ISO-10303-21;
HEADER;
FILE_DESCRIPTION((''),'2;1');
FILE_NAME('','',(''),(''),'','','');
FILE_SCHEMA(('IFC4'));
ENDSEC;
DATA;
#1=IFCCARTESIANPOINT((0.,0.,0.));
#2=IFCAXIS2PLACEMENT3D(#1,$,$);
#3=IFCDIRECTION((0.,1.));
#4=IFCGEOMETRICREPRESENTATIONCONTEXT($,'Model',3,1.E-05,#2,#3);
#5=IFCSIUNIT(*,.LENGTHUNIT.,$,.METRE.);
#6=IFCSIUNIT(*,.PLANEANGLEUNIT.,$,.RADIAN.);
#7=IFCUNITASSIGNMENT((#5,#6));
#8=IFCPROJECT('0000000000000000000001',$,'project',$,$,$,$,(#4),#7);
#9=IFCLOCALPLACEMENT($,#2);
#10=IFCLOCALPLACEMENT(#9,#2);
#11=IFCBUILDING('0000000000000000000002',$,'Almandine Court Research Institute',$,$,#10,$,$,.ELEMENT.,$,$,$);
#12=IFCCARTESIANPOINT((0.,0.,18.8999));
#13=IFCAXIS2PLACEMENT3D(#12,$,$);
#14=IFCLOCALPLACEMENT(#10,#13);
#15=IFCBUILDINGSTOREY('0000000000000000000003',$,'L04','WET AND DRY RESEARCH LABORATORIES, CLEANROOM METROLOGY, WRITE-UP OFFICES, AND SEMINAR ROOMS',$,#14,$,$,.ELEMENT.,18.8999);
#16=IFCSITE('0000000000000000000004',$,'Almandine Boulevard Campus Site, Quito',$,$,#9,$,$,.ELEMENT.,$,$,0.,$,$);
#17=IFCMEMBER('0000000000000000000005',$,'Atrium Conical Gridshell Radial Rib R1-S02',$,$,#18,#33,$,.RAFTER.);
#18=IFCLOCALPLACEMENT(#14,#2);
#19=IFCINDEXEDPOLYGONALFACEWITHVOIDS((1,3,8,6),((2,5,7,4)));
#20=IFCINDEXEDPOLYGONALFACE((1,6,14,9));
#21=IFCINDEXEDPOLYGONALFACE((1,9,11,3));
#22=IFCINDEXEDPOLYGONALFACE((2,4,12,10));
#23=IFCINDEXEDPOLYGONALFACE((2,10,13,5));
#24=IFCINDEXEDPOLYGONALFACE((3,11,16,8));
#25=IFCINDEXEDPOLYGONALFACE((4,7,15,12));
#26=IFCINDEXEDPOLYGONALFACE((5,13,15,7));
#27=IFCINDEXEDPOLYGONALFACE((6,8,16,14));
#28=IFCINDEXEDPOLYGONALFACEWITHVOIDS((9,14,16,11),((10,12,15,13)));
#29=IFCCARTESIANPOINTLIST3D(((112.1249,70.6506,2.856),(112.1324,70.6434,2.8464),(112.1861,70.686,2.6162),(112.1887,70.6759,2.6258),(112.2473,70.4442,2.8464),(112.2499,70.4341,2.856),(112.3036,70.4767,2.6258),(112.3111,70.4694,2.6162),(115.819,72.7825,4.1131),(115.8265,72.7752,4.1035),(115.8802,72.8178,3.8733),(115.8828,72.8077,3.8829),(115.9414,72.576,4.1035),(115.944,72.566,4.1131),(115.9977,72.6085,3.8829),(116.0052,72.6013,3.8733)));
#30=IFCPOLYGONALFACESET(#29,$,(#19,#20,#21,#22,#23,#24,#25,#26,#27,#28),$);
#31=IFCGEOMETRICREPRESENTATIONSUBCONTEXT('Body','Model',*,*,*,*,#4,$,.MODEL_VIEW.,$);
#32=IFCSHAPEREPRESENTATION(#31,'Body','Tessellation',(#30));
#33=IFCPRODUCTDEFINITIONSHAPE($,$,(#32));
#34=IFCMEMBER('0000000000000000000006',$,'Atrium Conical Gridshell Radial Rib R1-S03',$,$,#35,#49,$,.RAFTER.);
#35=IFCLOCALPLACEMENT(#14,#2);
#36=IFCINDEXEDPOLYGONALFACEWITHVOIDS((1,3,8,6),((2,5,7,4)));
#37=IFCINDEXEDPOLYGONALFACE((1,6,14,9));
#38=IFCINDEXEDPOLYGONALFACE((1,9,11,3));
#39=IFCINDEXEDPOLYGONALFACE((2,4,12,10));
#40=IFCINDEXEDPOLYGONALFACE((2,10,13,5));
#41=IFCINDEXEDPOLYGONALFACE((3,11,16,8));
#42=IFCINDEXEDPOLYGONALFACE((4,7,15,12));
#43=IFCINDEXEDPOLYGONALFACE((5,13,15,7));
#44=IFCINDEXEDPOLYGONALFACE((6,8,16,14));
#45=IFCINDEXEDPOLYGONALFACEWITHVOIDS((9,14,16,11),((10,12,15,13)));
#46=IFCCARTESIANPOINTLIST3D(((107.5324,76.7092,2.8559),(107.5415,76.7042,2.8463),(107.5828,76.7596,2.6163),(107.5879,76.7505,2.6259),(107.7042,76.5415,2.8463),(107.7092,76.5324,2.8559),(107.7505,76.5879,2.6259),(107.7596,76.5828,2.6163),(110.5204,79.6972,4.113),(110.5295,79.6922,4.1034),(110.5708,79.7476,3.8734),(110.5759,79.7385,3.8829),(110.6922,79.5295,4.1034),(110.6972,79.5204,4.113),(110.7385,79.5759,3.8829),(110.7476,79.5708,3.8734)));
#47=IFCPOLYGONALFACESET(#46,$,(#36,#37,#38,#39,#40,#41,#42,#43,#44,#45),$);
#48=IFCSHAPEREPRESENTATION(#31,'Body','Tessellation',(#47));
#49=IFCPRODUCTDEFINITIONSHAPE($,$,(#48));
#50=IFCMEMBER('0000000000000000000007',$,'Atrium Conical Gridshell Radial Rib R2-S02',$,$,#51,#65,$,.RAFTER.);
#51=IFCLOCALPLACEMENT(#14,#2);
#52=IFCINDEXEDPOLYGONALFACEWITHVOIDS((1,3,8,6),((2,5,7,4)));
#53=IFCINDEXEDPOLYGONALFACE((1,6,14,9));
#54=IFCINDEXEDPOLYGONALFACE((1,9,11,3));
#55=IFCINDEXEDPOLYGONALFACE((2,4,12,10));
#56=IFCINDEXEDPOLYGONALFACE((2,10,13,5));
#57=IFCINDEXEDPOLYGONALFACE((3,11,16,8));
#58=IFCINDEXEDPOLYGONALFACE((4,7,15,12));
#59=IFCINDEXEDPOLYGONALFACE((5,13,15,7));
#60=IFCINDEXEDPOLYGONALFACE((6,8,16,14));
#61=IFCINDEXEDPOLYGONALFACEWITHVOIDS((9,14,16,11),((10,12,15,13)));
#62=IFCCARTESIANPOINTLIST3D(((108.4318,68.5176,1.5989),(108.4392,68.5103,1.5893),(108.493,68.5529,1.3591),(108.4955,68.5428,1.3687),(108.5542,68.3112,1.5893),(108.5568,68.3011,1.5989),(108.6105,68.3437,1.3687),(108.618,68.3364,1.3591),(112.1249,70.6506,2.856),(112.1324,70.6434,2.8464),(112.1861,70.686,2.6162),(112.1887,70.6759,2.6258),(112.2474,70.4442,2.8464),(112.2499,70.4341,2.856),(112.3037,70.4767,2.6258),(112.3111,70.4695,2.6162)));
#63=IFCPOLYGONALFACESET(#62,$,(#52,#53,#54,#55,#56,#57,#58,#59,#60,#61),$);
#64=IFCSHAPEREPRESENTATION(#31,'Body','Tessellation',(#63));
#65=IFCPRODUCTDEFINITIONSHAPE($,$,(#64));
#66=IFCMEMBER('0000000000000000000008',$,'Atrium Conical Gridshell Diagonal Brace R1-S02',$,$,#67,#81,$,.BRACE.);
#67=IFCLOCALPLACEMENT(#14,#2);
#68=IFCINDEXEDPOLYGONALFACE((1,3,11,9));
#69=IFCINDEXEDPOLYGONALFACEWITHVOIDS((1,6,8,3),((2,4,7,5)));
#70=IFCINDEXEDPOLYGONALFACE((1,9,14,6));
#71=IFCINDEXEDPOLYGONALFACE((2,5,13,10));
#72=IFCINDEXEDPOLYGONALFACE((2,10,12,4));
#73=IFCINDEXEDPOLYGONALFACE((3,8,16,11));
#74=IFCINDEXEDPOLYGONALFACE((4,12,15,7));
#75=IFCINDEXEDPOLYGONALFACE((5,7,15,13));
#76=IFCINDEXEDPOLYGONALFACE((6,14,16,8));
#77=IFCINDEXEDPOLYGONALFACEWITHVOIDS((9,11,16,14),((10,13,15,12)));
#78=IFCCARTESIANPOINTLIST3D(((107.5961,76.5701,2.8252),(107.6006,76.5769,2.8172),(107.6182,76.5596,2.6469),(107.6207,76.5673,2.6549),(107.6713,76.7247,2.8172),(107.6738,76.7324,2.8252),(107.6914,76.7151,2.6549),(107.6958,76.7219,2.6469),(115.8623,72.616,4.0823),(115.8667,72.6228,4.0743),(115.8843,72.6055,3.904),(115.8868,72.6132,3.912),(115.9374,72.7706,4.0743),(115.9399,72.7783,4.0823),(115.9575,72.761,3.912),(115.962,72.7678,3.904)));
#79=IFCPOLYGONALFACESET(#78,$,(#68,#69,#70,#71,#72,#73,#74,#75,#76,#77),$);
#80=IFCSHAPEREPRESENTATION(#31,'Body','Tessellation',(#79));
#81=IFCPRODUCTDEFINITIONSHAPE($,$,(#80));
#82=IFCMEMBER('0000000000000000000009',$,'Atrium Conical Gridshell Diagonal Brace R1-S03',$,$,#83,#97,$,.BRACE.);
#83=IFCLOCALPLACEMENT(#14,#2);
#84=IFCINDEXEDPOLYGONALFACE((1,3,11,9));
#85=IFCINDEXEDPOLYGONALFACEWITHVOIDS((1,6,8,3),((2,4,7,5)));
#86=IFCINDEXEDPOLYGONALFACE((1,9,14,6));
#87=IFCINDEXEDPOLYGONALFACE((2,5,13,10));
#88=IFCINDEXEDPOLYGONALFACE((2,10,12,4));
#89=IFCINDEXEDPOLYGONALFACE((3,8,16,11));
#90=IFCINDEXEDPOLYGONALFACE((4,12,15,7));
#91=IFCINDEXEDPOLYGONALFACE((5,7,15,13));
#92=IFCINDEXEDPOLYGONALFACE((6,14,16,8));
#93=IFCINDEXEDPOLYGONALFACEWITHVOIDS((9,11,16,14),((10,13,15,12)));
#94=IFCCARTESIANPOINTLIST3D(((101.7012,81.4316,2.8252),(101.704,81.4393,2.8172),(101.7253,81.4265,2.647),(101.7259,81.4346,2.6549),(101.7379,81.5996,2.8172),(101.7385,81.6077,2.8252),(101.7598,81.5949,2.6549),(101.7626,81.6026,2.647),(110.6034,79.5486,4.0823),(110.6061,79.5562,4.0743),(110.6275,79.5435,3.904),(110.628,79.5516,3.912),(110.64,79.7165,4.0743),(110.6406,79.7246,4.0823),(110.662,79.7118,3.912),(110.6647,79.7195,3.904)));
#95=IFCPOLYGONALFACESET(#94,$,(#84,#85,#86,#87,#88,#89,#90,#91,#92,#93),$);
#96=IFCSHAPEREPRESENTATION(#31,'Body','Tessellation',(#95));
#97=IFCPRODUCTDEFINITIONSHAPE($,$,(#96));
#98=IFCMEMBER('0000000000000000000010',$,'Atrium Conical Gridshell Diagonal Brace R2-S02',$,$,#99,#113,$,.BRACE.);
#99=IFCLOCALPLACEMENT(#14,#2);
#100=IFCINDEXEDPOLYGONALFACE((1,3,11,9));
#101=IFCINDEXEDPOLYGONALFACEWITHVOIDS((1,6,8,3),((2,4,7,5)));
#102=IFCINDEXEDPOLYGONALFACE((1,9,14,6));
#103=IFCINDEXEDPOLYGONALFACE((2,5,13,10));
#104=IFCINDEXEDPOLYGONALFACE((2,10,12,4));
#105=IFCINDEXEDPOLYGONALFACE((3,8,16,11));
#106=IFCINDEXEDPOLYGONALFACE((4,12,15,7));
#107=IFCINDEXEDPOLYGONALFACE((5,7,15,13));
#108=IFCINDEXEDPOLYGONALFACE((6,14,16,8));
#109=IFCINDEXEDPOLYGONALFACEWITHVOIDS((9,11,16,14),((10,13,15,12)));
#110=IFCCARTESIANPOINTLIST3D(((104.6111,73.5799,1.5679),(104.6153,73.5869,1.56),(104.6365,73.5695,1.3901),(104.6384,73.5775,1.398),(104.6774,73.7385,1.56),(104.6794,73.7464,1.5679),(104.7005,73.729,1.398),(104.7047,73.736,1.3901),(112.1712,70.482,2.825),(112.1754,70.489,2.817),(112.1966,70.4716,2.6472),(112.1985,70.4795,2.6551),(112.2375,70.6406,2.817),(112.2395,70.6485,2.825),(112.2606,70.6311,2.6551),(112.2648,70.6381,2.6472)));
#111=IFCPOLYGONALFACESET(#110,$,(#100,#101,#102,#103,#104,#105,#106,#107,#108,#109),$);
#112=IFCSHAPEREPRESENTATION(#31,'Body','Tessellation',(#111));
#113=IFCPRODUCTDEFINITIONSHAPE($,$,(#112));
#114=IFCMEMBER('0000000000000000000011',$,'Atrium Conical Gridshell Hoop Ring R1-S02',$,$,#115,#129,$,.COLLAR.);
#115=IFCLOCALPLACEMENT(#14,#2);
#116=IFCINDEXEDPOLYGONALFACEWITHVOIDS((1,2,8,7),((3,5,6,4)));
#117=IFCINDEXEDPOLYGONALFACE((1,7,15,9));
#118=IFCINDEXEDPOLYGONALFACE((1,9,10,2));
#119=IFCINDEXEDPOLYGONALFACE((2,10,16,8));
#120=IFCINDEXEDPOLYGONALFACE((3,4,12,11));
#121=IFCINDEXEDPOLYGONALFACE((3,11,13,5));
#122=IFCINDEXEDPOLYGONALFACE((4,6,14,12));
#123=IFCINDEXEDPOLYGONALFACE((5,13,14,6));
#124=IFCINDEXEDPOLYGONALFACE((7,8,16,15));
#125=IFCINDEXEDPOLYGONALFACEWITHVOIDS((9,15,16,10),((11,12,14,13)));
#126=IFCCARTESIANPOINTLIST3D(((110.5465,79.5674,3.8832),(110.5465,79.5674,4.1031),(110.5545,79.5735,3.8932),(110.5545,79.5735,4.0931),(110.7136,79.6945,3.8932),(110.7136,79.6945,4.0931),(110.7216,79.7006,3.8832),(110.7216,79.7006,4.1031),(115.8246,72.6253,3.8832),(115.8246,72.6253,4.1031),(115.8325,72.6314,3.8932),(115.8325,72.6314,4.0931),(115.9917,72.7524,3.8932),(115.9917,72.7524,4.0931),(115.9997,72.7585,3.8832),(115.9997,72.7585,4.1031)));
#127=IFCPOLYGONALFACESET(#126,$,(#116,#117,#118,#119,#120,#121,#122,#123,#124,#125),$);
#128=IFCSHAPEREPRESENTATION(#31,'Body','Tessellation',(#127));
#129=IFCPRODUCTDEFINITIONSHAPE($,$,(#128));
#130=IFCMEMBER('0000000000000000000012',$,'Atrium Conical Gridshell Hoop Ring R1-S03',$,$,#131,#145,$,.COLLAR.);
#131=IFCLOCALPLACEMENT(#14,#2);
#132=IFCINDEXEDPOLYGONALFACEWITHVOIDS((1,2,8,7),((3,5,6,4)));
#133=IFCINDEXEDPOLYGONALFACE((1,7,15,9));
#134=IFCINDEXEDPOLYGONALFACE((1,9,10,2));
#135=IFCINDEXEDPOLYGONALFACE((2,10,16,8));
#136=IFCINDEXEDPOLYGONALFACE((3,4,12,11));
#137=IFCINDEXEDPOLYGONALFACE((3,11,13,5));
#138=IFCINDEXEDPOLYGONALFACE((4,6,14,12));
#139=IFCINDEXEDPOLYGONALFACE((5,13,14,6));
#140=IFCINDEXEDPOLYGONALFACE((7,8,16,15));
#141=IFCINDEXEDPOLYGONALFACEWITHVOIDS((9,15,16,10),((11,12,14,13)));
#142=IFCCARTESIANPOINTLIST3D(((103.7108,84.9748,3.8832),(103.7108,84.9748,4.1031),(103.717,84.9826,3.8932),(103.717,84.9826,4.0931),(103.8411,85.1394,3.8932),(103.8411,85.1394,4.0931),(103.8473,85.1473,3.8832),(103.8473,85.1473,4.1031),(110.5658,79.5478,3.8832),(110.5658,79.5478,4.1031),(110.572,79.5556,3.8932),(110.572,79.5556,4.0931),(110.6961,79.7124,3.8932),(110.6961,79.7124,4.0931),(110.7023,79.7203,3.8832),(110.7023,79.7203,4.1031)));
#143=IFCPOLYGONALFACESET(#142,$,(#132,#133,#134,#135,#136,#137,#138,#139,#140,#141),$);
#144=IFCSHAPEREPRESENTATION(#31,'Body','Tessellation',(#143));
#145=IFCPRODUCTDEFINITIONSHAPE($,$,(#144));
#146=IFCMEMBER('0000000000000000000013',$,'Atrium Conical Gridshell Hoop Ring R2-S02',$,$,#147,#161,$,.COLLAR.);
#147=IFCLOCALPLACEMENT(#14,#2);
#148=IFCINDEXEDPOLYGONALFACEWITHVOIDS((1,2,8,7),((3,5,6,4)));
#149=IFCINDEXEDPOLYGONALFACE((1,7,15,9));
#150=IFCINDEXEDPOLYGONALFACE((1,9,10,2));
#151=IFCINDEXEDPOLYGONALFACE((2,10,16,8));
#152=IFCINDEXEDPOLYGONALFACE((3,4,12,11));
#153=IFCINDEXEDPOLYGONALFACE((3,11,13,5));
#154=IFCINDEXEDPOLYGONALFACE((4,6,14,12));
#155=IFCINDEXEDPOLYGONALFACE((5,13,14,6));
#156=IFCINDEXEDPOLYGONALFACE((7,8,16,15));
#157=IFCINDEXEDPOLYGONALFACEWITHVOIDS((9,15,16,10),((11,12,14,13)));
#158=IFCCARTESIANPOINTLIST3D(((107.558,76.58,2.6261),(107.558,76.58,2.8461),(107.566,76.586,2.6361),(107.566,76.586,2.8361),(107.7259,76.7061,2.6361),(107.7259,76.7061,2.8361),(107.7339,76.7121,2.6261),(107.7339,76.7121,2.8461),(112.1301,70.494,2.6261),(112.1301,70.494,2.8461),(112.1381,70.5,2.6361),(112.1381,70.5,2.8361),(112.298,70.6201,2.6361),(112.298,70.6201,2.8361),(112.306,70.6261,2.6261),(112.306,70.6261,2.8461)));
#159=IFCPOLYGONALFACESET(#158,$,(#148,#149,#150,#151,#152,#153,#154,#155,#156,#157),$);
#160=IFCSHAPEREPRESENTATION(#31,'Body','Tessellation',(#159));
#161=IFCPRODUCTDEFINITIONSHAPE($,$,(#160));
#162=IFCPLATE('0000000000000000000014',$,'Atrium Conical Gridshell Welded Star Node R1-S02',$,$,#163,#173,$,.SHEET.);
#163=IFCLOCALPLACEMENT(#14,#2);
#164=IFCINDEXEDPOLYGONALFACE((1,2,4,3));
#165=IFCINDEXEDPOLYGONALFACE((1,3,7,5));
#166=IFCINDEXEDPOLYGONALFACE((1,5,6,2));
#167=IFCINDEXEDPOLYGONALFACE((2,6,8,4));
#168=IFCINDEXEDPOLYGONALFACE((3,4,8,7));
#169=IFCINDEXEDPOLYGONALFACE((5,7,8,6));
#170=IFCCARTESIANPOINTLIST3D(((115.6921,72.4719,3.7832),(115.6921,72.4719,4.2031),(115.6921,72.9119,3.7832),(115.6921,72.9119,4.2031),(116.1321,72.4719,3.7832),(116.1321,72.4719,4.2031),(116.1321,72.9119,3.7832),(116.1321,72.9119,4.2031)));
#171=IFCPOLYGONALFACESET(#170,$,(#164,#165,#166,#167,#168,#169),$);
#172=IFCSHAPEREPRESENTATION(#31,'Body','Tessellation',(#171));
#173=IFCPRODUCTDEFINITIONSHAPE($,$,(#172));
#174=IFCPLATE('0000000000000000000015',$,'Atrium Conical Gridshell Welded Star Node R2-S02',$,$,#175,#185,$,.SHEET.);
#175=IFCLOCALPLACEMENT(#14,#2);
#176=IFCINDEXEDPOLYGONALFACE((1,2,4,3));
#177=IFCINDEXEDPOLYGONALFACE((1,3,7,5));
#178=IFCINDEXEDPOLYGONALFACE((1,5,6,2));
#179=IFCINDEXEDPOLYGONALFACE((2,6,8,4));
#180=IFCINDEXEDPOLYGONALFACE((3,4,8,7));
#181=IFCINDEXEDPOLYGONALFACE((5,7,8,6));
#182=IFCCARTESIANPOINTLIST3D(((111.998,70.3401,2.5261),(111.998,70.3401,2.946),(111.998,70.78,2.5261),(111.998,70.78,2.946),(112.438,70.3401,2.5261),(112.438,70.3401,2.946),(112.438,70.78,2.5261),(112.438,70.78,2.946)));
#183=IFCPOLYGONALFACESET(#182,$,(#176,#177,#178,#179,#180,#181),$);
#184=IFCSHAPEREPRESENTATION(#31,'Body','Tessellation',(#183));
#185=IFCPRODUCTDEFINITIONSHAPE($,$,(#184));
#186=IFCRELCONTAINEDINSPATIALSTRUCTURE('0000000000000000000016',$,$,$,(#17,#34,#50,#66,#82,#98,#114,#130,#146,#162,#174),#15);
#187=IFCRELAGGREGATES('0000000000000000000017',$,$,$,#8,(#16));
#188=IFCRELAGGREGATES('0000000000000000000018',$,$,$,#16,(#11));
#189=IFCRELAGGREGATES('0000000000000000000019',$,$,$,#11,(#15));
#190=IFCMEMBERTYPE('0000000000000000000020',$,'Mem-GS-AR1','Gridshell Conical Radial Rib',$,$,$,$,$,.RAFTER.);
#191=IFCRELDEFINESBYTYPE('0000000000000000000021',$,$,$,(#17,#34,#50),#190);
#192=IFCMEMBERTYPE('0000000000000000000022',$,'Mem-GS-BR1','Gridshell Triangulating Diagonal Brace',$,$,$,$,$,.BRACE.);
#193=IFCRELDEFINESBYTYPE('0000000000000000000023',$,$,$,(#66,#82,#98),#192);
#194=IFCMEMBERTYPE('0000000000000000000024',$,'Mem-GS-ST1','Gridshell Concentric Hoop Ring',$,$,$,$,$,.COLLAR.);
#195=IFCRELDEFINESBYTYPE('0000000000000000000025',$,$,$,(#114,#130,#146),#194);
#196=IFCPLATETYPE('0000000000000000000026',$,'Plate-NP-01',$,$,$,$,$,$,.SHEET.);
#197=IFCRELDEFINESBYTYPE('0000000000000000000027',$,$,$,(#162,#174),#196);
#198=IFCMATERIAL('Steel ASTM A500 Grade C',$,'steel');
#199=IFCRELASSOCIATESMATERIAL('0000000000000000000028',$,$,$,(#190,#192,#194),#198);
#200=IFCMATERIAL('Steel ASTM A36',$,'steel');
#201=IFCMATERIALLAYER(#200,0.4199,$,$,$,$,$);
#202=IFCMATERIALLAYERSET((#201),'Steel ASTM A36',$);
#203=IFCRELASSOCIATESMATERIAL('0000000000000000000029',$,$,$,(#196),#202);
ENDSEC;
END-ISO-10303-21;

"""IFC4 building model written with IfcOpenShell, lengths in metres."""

from ifc_helpers import new_model, si_unit, direction, frame, origin, origin_2d, place, context, subcontext, project, spatial, rectangle, hollow_rectangle, extrude, material, layer, layer_set, material_profile, profile_set, type_object, element, save


model = new_model("IFC4")

# Units and contexts
model_context = context("Model", 3, precision=1e-05, world=origin(), true_north=direction((0.0, 1.0)))
body_context = subcontext(model_context, "Body", "Model", "MODEL_VIEW")
ifc_project = project(units=[si_unit("LENGTHUNIT", "METRE"), si_unit("PLANEANGLEUNIT", "RADIAN")], contexts=[model_context])

# Site, building, storey
site_placement = place(None, origin())
site = spatial("IfcSite", under=ifc_project, at=site_placement, Name="Almandine Boulevard Campus Site, Quito", CompositionType="ELEMENT", RefElevation=0.0)
building_placement = place(site_placement, origin())
building = spatial("IfcBuilding", under=site, at=building_placement, Name="Almandine Court Research Institute", CompositionType="ELEMENT")
storey_placement = place(building_placement, frame((0.0, 0.0, 18.8999)))
storey = spatial("IfcBuildingStorey", under=building, at=storey_placement, Name="L04", Description="WET AND DRY RESEARCH LABORATORIES, CLEANROOM METROLOGY, WRITE-UP OFFICES, AND SEMINAR ROOMS", CompositionType="ELEMENT", Elevation=18.8999)

# Members
ifc_material_1 = material(Name="Steel ASTM A500 Grade C", Category="steel")
ifc_material_profile_1 = material_profile(ifc_material_1, hollow_rectangle(XDim=0.25, YDim=0.25, WallThickness=0.01, at=origin_2d()), Name="HSS 250x250x10")
ifc_profile_set_1 = profile_set([ifc_material_profile_1], Name="Steel ASTM A500 Grade C")
member_type_1 = type_object("IfcMemberType", Name="Mem-GS-AR1", Description="Gridshell Conical Radial Rib", PredefinedType="RAFTER", material=ifc_profile_set_1)
member_1_placement = place(storey_placement, frame((115.9121, 72.6919, 3.9932), z_axis=(-0.830788, -0.479442, -0.282713), x_axis=(0.499833, -0.866122, 0.0)))
element("IfcMember", 1, at=member_1_placement, inside=storey, type_object=member_type_1, Name="Atrium Conical Gridshell Radial Rib R1-S02", PredefinedType="RAFTER", context=body_context, shape_type="SweptSolid", body=[
    extrude(hollow_rectangle(XDim=0.25, YDim=0.25, WallThickness=0.01, at=origin_2d()), origin(), (0.0, 0.0, 1.0), 4.4465),
])
member_2_placement = place(storey_placement, frame((110.634, 79.634, 3.9932), z_axis=(-0.677753, -0.677753, -0.285134), x_axis=(0.707107, -0.707107, 0.0)))
element("IfcMember", 2, at=member_2_placement, inside=storey, type_object=member_type_1, Name="Atrium Conical Gridshell Radial Rib R1-S03", PredefinedType="RAFTER", context=body_context, shape_type="SweptSolid", body=[
    extrude(hollow_rectangle(XDim=0.25, YDim=0.25, WallThickness=0.01, at=origin_2d()), origin(), (0.0, 0.0, 1.0), 4.4087),
])
member_3_placement = place(storey_placement, frame((112.218, 70.5601, 2.7361), z_axis=(-0.830611, -0.479741, -0.282727), x_axis=(0.500147, -0.865941, 0.0)))
element("IfcMember", 3, at=member_3_placement, inside=storey, type_object=member_type_1, Name="Atrium Conical Gridshell Radial Rib R2-S02", PredefinedType="RAFTER", context=body_context, shape_type="SweptSolid", body=[
    extrude(hollow_rectangle(XDim=0.25, YDim=0.25, WallThickness=0.01, at=origin_2d()), origin(), (0.0, 0.0, 1.0), 4.4463),
])
ifc_material_profile_2 = material_profile(ifc_material_1, hollow_rectangle(XDim=0.1799, YDim=0.1799, WallThickness=0.0081, at=origin_2d()), Name="HSS 180x180x8")
ifc_profile_set_2 = profile_set([ifc_material_profile_2], Name="Steel ASTM A500 Grade C")
member_type_2 = type_object("IfcMemberType", Name="Mem-GS-BR1", Description="Gridshell Triangulating Diagonal Brace", PredefinedType="BRACE", material=ifc_profile_set_2)
member_4_placement = place(storey_placement, frame((115.9121, 72.6919, 3.9932), z_axis=(-0.893732, 0.427517, -0.135915), x_axis=(-0.431521, -0.902103, 0.0)))
element("IfcMember", 4, at=member_4_placement, inside=storey, type_object=member_type_2, Name="Atrium Conical Gridshell Diagonal Brace R1-S02", PredefinedType="BRACE", context=body_context, shape_type="SweptSolid", body=[
    extrude(hollow_rectangle(XDim=0.1799, YDim=0.1799, WallThickness=0.0081, at=origin_2d()), origin(), (0.0, 0.0, 1.0), 9.249),
])
member_5_placement = place(storey_placement, frame((110.634, 79.634, 3.9932), z_axis=(-0.969146, 0.205003, -0.136855), x_axis=(-0.20695, -0.978351, 0.0)))
element("IfcMember", 5, at=member_5_placement, inside=storey, type_object=member_type_2, Name="Atrium Conical Gridshell Diagonal Brace R1-S03", PredefinedType="BRACE", context=body_context, shape_type="SweptSolid", body=[
    extrude(hollow_rectangle(XDim=0.1799, YDim=0.1799, WallThickness=0.0081, at=origin_2d()), origin(), (0.0, 0.0, 1.0), 9.1855),
])
member_6_placement = place(storey_placement, frame((112.218, 70.5601, 2.7361), z_axis=(-0.914564, 0.374763, -0.152073), x_axis=(-0.379173, -0.925326, 0.0)))
element("IfcMember", 6, at=member_6_placement, inside=storey, type_object=member_type_2, Name="Atrium Conical Gridshell Diagonal Brace R2-S02", PredefinedType="BRACE", context=body_context, shape_type="SweptSolid", body=[
    extrude(hollow_rectangle(XDim=0.1799, YDim=0.1799, WallThickness=0.0081, at=origin_2d()), origin(), (0.0, 0.0, 1.0), 8.2664),
])
ifc_material_profile_3 = material_profile(ifc_material_1, hollow_rectangle(XDim=0.22, YDim=0.22, WallThickness=0.01, at=origin_2d()), Name="HSS 220x220x10")
ifc_profile_set_3 = profile_set([ifc_material_profile_3], Name="Steel ASTM A500 Grade C")
member_type_3 = type_object("IfcMemberType", Name="Mem-GS-ST1", Description="Gridshell Concentric Hoop Ring", PredefinedType="COLLAR", material=ifc_profile_set_3)
member_7_placement = place(storey_placement, frame((115.9121, 72.6919, 3.9932), z_axis=(-0.605232, 0.796049, 0.0), x_axis=(-0.796049, -0.605232, 0.0)))
element("IfcMember", 7, at=member_7_placement, inside=storey, type_object=member_type_3, Name="Atrium Conical Gridshell Hoop Ring R1-S02", PredefinedType="COLLAR", context=body_context, shape_type="SweptSolid", body=[
    extrude(hollow_rectangle(XDim=0.22, YDim=0.22, WallThickness=0.01, at=origin_2d()), origin(), (0.0, 0.0, 1.0), 8.7207),
])
member_8_placement = place(storey_placement, frame((110.634, 79.634, 3.9932), z_axis=(-0.784038, 0.620713, 0.0), x_axis=(-0.620713, -0.784038, 0.0)))
element("IfcMember", 8, at=member_8_placement, inside=storey, type_object=member_type_3, Name="Atrium Conical Gridshell Hoop Ring R1-S03", PredefinedType="COLLAR", context=body_context, shape_type="SweptSolid", body=[
    extrude(hollow_rectangle(XDim=0.22, YDim=0.22, WallThickness=0.01, at=origin_2d()), origin(), (0.0, 0.0, 1.0), 8.7432),
])
member_9_placement = place(storey_placement, frame((112.218, 70.5601, 2.7361), z_axis=(-0.600636, 0.799522, 0.0), x_axis=(-0.799522, -0.600636, 0.0)))
element("IfcMember", 9, at=member_9_placement, inside=storey, type_object=member_type_3, Name="Atrium Conical Gridshell Hoop Ring R2-S02", PredefinedType="COLLAR", context=body_context, shape_type="SweptSolid", body=[
    extrude(hollow_rectangle(XDim=0.22, YDim=0.22, WallThickness=0.01, at=origin_2d()), origin(), (0.0, 0.0, 1.0), 7.6121),
])

# Plates
ifc_material_2 = material(Name="Steel ASTM A36", Category="steel")
ifc_layer_1 = layer(ifc_material_2, 0.4199)
ifc_layer_set_1 = layer_set([ifc_layer_1], Name="Steel ASTM A36")
plate_type = type_object("IfcPlateType", Name="Plate-NP-01", PredefinedType="SHEET", material=ifc_layer_set_1)
for number, where, z_axis, x_axis, name in (
    (10, (115.9121, 72.6919, 3.7832), (0.0, 0.0, 1.0), (1.0, 0.0, 0.0), "Atrium Conical Gridshell Welded Star Node R1-S02"),
    (11, (112.218, 70.5601, 2.5261), (0.0, 0.0, 1.0), (1.0, 0.0, 0.0), "Atrium Conical Gridshell Welded Star Node R2-S02"),
):
    element("IfcPlate", number, at=place(storey_placement, frame(where, z_axis=z_axis, x_axis=x_axis)), inside=storey, type_object=plate_type, Name=name, PredefinedType="SHEET", context=body_context, shape_type="SweptSolid", body=[
        extrude(rectangle(XDim=0.4399, YDim=0.4399, at=origin_2d()), origin(), (0.0, 0.0, 1.0), 0.4199),
    ])

save(model, "model.ifc")
